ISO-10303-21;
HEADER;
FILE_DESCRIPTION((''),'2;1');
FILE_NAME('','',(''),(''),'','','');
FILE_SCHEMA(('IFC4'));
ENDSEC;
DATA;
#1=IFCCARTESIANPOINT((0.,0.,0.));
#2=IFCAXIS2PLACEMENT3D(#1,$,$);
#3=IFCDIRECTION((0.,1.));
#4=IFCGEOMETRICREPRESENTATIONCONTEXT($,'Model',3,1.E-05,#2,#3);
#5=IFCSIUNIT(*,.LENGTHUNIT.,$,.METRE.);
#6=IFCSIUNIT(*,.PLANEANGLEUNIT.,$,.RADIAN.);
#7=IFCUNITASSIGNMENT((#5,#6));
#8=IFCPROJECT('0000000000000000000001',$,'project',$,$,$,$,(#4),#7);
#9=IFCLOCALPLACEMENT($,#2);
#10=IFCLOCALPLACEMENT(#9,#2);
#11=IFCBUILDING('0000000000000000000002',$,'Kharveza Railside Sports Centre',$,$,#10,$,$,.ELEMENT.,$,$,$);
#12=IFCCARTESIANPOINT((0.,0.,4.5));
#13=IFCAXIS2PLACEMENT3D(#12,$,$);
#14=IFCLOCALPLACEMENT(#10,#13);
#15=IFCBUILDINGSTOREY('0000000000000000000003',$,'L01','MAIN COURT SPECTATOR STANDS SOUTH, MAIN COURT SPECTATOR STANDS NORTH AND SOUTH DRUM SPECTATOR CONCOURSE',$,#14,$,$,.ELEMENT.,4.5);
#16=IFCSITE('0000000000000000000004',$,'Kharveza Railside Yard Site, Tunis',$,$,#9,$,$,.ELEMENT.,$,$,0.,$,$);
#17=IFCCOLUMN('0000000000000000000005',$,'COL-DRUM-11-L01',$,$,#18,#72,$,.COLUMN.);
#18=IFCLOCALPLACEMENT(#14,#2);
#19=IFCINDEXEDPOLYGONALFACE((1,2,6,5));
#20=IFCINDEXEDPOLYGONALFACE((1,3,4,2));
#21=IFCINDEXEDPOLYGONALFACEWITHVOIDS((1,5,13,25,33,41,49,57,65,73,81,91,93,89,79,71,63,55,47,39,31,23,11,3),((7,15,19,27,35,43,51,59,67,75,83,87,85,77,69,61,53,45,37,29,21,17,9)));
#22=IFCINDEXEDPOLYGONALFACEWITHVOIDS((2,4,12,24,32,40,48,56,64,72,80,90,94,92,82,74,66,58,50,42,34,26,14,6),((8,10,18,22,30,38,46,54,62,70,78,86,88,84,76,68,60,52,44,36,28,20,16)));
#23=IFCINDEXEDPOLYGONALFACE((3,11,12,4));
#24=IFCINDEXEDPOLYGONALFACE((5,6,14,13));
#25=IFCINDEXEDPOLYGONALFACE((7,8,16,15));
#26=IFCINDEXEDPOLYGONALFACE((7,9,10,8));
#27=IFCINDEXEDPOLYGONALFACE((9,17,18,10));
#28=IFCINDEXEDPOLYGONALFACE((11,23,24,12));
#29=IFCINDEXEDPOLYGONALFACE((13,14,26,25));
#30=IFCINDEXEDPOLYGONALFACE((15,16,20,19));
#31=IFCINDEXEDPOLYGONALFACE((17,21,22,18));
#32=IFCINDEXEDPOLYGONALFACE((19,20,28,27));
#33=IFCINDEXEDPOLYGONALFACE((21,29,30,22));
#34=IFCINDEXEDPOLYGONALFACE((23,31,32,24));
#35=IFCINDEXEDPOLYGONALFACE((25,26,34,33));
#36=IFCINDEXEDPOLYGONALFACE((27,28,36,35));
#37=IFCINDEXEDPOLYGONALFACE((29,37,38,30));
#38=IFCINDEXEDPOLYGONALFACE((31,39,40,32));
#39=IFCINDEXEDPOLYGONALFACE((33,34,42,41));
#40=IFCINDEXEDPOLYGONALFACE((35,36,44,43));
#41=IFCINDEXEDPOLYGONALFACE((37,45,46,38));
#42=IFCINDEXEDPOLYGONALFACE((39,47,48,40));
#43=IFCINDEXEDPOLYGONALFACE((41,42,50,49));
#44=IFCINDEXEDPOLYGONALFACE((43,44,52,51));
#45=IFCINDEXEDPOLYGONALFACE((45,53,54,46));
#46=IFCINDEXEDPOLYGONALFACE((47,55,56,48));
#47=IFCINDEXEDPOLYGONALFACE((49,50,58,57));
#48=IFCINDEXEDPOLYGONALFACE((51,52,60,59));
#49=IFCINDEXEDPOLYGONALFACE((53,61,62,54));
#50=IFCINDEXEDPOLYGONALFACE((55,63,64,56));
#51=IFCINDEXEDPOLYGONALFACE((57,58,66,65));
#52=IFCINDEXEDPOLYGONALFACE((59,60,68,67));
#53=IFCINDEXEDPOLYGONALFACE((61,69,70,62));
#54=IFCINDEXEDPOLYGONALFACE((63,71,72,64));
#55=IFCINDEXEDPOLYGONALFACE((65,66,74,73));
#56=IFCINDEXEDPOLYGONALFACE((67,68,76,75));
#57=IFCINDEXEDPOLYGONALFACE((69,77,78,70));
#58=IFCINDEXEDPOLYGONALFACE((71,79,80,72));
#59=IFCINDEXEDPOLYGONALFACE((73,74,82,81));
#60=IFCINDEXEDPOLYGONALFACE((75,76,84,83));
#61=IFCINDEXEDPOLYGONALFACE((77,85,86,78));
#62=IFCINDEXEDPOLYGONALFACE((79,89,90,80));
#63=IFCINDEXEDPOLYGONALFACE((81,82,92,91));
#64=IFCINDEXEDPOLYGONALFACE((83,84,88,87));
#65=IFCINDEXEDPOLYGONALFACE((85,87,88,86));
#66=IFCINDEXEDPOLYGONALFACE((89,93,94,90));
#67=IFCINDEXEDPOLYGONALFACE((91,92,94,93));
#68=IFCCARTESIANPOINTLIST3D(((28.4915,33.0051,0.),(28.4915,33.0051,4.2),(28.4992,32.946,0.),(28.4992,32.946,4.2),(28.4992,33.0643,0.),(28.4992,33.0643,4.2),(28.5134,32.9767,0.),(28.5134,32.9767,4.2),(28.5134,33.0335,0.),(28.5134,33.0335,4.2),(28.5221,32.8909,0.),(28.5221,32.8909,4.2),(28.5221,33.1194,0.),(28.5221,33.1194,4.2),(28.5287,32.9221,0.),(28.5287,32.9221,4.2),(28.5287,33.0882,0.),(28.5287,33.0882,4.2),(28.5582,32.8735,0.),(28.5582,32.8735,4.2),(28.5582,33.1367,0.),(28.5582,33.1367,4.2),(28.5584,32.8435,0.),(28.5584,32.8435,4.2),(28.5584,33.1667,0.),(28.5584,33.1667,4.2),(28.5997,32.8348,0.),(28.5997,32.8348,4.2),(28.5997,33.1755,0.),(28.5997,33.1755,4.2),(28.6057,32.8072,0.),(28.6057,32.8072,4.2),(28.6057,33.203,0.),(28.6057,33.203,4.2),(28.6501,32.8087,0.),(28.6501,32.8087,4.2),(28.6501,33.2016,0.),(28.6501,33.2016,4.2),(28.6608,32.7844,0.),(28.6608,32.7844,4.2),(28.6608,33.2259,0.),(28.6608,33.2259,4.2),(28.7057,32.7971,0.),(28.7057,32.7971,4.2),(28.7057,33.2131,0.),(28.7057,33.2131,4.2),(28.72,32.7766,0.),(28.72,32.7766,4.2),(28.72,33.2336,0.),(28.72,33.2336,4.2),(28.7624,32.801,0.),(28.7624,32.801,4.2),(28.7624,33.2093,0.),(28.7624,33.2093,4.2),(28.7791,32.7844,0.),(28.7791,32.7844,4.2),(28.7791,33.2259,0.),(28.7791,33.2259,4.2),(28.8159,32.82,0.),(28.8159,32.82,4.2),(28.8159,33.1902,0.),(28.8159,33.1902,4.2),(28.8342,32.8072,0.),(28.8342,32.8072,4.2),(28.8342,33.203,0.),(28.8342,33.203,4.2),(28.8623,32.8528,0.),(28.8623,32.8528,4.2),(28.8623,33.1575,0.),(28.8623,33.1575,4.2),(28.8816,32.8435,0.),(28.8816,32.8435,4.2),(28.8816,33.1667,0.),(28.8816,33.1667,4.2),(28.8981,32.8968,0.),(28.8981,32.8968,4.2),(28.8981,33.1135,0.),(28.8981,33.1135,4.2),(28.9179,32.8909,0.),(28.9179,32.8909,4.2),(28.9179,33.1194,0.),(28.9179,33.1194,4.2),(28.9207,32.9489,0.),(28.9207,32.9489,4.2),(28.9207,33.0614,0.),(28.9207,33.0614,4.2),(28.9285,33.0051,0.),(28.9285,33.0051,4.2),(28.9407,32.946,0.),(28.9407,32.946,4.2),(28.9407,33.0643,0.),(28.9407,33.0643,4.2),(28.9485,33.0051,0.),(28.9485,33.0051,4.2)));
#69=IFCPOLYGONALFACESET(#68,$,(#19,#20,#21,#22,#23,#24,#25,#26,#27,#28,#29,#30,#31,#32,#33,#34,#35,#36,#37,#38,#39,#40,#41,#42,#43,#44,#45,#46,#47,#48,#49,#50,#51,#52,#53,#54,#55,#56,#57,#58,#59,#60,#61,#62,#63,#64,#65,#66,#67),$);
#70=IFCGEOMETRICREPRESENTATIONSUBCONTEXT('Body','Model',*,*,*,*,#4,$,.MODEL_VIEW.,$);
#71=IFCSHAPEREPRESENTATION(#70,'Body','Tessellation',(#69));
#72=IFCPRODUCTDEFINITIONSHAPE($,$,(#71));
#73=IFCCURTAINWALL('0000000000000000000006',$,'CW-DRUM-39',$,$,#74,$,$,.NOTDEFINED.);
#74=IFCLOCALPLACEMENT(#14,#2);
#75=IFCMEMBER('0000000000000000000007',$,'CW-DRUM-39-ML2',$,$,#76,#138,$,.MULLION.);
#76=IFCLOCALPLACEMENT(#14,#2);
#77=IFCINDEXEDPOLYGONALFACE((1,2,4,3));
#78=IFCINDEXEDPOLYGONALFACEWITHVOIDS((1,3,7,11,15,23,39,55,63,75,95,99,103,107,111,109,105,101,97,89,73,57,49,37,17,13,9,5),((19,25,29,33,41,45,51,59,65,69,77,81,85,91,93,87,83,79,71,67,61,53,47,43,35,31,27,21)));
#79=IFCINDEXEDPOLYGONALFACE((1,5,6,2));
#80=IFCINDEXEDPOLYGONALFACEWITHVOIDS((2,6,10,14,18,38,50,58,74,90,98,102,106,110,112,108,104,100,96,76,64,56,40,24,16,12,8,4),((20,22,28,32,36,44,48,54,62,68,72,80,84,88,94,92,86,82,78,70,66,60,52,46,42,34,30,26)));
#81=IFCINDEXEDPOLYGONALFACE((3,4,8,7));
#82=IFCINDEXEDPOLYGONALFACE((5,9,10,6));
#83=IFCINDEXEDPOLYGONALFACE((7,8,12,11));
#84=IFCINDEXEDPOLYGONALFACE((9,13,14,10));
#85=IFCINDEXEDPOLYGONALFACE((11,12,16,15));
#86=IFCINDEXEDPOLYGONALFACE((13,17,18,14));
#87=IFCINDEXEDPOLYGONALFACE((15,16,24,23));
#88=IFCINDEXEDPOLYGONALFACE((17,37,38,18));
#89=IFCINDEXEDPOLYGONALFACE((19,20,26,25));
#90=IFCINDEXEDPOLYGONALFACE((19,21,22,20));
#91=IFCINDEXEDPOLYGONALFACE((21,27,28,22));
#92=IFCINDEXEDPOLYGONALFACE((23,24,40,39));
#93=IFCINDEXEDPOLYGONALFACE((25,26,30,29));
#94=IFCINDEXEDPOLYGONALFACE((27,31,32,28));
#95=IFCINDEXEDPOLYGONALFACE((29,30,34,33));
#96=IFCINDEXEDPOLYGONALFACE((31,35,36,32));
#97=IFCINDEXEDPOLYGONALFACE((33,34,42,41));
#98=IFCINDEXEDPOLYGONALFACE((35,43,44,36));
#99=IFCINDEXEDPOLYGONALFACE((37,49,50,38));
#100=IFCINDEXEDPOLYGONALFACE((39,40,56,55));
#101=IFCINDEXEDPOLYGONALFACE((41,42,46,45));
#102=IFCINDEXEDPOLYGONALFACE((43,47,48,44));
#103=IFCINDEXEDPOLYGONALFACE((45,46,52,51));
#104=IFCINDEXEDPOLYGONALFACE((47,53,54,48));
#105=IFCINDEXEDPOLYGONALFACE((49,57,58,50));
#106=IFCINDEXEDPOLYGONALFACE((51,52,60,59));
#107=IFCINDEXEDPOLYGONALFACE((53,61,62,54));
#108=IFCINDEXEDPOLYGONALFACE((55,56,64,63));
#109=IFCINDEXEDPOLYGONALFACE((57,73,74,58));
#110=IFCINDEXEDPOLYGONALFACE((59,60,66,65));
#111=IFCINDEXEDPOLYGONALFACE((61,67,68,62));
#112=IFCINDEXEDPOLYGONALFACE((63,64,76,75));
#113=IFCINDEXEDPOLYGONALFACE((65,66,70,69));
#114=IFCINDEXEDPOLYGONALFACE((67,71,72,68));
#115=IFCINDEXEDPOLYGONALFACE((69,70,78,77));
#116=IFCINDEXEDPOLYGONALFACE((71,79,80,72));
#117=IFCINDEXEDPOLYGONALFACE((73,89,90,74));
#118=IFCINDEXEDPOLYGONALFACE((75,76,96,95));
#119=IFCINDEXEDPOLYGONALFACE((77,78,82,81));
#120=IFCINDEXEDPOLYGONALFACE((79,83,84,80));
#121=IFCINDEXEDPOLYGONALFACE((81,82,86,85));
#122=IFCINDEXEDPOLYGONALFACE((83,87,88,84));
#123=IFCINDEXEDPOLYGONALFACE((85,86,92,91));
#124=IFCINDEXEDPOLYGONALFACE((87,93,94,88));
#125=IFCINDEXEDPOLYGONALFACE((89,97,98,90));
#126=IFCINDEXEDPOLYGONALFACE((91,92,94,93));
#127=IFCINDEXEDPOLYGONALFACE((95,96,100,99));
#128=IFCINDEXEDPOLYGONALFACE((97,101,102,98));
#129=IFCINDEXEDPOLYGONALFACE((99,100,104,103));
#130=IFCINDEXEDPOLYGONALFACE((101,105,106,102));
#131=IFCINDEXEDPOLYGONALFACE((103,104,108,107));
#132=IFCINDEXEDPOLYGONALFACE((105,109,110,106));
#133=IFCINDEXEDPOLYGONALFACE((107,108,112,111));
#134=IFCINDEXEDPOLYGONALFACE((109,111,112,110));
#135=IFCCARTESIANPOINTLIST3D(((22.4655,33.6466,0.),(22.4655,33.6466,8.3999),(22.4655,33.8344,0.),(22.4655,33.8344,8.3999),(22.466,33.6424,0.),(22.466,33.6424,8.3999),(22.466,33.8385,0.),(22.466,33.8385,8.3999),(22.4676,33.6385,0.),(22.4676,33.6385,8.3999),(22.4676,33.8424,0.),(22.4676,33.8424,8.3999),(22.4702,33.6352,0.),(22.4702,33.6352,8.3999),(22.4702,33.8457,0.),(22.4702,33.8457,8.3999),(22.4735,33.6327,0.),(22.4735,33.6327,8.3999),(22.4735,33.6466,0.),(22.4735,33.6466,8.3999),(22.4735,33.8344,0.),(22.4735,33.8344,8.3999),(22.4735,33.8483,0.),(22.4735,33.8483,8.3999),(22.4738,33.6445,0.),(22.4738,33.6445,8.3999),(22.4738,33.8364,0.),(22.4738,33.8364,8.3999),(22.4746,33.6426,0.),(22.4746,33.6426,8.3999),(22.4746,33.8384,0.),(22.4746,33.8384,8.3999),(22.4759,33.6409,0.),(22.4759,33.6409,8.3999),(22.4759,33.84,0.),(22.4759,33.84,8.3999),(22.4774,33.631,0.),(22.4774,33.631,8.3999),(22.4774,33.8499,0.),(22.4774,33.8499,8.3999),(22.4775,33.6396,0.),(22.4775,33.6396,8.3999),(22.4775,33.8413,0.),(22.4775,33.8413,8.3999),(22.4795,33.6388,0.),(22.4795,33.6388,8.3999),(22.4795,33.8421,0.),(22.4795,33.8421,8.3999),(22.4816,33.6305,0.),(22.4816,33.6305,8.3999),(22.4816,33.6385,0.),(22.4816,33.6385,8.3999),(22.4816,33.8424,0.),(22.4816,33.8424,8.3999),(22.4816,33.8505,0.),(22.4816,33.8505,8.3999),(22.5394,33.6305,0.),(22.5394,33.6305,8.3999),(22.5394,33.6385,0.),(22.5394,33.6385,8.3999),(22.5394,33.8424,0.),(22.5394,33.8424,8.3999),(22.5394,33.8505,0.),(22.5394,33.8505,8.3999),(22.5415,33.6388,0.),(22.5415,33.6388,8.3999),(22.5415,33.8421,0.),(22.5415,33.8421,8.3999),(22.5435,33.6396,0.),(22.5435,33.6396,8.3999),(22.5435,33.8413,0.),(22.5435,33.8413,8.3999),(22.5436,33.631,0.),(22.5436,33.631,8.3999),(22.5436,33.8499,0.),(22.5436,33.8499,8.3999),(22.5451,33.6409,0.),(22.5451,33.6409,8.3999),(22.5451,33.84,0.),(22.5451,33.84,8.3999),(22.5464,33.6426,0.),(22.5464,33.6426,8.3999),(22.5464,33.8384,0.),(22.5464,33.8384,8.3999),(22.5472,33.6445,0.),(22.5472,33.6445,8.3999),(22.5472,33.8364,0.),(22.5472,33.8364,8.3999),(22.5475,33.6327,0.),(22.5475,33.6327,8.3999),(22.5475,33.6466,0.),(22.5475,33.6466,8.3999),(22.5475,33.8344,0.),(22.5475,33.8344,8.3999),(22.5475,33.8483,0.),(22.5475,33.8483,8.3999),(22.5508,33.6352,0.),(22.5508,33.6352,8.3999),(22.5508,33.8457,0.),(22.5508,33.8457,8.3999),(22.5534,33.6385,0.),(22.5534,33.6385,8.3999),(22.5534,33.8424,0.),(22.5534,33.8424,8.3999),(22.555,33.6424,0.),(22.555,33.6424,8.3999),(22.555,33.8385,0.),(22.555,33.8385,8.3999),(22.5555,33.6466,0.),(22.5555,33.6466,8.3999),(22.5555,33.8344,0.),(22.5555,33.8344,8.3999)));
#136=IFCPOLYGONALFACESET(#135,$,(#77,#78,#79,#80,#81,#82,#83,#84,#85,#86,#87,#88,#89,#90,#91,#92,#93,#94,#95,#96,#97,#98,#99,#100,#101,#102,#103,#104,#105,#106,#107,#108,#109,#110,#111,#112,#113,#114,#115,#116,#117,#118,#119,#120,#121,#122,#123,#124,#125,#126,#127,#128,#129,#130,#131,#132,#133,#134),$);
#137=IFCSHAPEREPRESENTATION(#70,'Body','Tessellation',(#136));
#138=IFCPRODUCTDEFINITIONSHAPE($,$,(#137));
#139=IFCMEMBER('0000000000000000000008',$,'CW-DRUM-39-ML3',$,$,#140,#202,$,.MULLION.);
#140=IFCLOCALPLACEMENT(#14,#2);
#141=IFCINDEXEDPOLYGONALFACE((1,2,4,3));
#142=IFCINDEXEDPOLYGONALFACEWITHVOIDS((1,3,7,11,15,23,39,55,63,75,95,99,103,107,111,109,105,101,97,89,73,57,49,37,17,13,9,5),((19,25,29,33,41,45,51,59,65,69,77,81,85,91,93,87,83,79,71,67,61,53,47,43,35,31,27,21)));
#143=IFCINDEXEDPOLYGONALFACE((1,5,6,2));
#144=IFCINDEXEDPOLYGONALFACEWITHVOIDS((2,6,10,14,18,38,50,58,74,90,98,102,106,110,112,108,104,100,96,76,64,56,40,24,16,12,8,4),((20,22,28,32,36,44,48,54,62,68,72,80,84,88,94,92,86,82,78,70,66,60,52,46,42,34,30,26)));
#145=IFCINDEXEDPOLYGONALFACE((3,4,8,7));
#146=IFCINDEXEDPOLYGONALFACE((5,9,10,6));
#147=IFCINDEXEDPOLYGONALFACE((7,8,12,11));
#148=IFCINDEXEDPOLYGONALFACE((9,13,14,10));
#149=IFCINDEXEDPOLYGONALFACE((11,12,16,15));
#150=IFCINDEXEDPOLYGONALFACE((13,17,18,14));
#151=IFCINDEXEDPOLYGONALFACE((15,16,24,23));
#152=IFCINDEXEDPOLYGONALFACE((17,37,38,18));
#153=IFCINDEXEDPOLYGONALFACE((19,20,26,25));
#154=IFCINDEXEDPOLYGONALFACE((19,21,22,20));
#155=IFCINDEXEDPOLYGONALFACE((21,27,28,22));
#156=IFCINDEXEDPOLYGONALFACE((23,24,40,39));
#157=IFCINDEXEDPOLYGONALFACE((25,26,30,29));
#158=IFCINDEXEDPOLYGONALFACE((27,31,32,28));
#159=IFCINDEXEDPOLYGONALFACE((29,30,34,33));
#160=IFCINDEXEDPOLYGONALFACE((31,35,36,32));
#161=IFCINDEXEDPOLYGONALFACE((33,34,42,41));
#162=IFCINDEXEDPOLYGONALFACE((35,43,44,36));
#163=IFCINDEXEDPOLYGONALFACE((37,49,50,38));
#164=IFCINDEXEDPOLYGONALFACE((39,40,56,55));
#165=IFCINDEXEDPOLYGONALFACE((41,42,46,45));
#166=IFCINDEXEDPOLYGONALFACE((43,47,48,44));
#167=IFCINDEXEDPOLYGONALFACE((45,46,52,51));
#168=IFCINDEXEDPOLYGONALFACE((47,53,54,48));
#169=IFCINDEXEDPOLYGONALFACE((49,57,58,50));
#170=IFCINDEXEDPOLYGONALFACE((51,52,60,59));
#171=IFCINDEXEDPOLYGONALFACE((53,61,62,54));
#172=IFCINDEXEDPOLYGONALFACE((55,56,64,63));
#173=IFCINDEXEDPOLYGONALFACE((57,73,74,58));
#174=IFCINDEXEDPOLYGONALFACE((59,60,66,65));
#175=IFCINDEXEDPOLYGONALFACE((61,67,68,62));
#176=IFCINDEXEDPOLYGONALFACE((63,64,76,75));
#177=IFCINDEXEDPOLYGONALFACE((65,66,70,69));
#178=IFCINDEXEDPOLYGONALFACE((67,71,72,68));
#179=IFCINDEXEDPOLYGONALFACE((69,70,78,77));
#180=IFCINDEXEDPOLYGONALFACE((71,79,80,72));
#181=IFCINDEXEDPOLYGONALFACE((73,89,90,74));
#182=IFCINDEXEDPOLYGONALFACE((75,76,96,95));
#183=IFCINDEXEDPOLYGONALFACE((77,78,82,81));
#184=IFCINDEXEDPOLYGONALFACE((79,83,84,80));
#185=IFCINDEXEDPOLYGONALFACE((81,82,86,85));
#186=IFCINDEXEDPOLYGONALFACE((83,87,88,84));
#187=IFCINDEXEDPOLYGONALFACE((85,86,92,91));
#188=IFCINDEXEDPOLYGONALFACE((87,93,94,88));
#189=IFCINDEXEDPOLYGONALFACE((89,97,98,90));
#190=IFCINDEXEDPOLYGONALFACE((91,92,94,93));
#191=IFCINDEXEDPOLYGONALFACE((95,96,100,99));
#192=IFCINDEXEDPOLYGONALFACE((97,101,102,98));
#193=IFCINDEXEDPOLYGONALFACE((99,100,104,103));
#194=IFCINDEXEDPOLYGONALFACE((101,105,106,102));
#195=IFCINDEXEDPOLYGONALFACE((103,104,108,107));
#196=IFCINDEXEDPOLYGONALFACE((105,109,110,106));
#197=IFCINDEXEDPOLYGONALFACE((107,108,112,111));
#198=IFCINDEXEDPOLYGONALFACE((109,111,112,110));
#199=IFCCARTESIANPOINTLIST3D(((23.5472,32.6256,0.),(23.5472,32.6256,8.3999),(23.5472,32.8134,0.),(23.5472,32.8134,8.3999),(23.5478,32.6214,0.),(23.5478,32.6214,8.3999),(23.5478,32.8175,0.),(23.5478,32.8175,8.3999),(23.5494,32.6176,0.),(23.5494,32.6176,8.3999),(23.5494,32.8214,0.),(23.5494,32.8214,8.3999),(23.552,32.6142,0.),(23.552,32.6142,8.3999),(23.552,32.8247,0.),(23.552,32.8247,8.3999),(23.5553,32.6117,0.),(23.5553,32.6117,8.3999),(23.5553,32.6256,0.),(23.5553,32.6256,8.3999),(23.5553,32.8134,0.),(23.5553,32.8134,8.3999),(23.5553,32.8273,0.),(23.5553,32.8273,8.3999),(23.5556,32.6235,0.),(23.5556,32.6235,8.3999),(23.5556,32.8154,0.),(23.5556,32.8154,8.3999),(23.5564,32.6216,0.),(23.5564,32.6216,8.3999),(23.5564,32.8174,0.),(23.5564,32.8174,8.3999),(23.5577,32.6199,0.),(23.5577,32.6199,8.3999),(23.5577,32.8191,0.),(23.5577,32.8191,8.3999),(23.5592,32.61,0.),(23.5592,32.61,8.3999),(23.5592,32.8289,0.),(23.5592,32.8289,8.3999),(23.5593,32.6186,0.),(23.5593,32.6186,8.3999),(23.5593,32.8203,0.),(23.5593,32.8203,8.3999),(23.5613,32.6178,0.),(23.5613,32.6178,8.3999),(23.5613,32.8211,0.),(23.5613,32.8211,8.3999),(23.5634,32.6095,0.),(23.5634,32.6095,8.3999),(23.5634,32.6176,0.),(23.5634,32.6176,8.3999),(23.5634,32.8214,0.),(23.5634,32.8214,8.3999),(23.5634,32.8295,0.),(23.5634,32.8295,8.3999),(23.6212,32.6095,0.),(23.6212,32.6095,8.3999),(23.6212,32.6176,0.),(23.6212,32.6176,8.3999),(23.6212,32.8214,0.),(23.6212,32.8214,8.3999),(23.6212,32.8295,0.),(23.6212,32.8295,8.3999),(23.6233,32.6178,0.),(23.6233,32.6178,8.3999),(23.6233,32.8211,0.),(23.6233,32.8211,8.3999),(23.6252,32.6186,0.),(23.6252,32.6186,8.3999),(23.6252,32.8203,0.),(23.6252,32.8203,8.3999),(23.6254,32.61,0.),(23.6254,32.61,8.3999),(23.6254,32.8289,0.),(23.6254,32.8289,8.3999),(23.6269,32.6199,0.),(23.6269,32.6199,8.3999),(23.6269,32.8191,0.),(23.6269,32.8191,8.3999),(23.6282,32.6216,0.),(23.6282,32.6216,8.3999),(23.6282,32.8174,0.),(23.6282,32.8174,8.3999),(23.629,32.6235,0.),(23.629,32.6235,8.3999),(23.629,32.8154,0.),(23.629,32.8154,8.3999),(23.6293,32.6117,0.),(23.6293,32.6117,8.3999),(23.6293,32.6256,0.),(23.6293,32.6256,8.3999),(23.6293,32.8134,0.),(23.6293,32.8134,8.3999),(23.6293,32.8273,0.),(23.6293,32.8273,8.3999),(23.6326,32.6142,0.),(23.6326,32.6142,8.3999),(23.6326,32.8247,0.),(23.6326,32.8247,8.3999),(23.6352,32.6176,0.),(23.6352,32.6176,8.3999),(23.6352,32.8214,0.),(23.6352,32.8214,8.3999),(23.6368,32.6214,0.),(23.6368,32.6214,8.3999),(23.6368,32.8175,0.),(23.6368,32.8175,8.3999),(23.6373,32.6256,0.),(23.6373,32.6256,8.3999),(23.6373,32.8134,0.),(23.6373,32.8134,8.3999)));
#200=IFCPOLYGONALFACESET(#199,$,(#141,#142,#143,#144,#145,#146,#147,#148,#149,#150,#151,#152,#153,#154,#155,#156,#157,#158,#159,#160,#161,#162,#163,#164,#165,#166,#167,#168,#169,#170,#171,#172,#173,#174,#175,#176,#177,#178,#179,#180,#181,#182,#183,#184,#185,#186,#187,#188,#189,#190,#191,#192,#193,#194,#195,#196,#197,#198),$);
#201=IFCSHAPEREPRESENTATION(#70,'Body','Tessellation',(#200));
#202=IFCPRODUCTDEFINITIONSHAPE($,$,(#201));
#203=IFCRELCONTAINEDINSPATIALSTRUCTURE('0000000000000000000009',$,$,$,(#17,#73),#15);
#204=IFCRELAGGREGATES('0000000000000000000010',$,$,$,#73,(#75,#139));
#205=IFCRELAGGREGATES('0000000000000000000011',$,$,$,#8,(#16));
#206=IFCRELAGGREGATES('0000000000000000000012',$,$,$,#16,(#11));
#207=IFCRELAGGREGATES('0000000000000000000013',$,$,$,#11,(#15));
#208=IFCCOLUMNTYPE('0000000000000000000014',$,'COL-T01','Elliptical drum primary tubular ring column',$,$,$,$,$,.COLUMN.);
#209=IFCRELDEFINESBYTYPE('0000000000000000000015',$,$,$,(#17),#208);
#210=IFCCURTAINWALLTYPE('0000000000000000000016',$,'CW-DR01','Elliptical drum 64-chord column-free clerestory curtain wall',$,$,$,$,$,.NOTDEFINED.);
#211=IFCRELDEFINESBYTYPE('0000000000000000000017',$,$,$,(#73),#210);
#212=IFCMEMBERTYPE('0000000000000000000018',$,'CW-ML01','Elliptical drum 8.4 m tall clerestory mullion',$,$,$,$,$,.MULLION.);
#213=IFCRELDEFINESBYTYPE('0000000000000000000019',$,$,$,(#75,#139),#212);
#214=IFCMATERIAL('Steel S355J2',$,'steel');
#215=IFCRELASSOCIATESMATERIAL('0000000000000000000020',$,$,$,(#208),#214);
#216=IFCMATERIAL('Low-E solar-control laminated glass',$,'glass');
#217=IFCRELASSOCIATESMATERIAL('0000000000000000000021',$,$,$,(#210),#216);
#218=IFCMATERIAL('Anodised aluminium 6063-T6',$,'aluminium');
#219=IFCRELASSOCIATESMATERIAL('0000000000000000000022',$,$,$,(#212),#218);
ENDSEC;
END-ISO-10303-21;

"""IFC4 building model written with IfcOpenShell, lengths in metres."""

from ifc_helpers import new_model, si_unit, direction, frame, origin, origin_2d, place, context, subcontext, project, spatial, hollow_rectangle, hollow_circle, extrude, material, material_profile, profile_set, type_object, element, aggregate, save


model = new_model("IFC4")

# Units and contexts
model_context = context("Model", 3, precision=1e-05, world=origin(), true_north=direction((0.0, 1.0)))
body_context = subcontext(model_context, "Body", "Model", "MODEL_VIEW")
ifc_project = project(units=[si_unit("LENGTHUNIT", "METRE"), si_unit("PLANEANGLEUNIT", "RADIAN")], contexts=[model_context])

# Site, building, storey
site_placement = place(None, origin())
site = spatial("IfcSite", under=ifc_project, at=site_placement, Name="Kharveza Railside Yard Site, Tunis", CompositionType="ELEMENT", RefElevation=0.0)
building_placement = place(site_placement, origin())
building = spatial("IfcBuilding", under=site, at=building_placement, Name="Kharveza Railside Sports Centre", CompositionType="ELEMENT")
storey_placement = place(building_placement, frame((0.0, 0.0, 4.5)))
storey = spatial("IfcBuildingStorey", under=building, at=storey_placement, Name="L01", Description="MAIN COURT SPECTATOR STANDS SOUTH, MAIN COURT SPECTATOR STANDS NORTH AND SOUTH DRUM SPECTATOR CONCOURSE", CompositionType="ELEMENT", Elevation=4.5)

# Column
ifc_material_1 = material(Name="Steel S355J2", Category="steel")
ifc_material_profile_1 = material_profile(ifc_material_1, hollow_circle(Radius=0.2285, WallThickness=0.02, at=origin_2d()), Name="CHS 457.0x20.0")
ifc_profile_set_1 = profile_set([ifc_material_profile_1], Name="Steel S355J2")
column_type = type_object("IfcColumnType", Name="COL-T01", Description="Elliptical drum primary tubular ring column", PredefinedType="COLUMN", material=ifc_profile_set_1)
column_placement = place(storey_placement, frame((28.72, 33.0051, 0.0), z_axis=(0.0, 0.0, 1.0), x_axis=(1.0, 0.0, 0.0)))
element("IfcColumn", 1, at=column_placement, inside=storey, type_object=column_type, Name="COL-DRUM-11-L01", PredefinedType="COLUMN", context=body_context, shape_type="SweptSolid", body=[
    extrude(hollow_circle(Radius=0.2285, WallThickness=0.02, at=origin_2d()), origin(), (0.0, 0.0, 1.0), 4.2),
])

# Curtain wall, members
ifc_material_2 = material(Name="Low-E solar-control laminated glass", Category="glass")
curtain_wall_type = type_object("IfcCurtainWallType", Name="CW-DR01", Description="Elliptical drum 64-chord column-free clerestory curtain wall", PredefinedType="NOTDEFINED", material=ifc_material_2)
curtain_wall_1_placement = place(storey_placement, origin())
curtain_wall_1 = element("IfcCurtainWall", 2, at=curtain_wall_1_placement, inside=storey, type_object=curtain_wall_type, Name="CW-DRUM-39", PredefinedType="NOTDEFINED")
ifc_material_3 = material(Name="Anodised aluminium 6063-T6", Category="aluminium")
ifc_material_profile_2 = material_profile(ifc_material_3, hollow_rectangle(XDim=0.0901, YDim=0.22, WallThickness=0.0081, InnerFilletRadius=0.0081, OuterFilletRadius=0.0161, at=origin_2d()), Name="RHS 90x220x8.0")
ifc_profile_set_2 = profile_set([ifc_material_profile_2], Name="Anodised aluminium 6063-T6")
member_type_1 = type_object("IfcMemberType", Name="CW-ML01", Description="Elliptical drum 8.4 m tall clerestory mullion", PredefinedType="MULLION", material=ifc_profile_set_2)
member_1_placement = place(storey_placement, frame((22.5105, 33.7405, 0.0), z_axis=(0.0, 0.0, 1.0), x_axis=(1.0, 0.0, 0.0)))
member_1 = element("IfcMember", 3, at=member_1_placement, type_object=member_type_1, Name="CW-DRUM-39-ML2", PredefinedType="MULLION", context=body_context, shape_type="SweptSolid", body=[
    extrude(hollow_rectangle(XDim=0.0901, YDim=0.22, WallThickness=0.0081, InnerFilletRadius=0.0081, OuterFilletRadius=0.0161, at=origin_2d()), origin(), (0.0, 0.0, 1.0), 8.3999),
])
member_2_placement = place(storey_placement, frame((23.5923, 32.7195, 0.0), z_axis=(0.0, 0.0, 1.0), x_axis=(1.0, 0.0, 0.0)))
member_2 = element("IfcMember", 4, at=member_2_placement, type_object=member_type_1, Name="CW-DRUM-39-ML3", PredefinedType="MULLION", context=body_context, shape_type="SweptSolid", body=[
    extrude(hollow_rectangle(XDim=0.0901, YDim=0.22, WallThickness=0.0081, InnerFilletRadius=0.0081, OuterFilletRadius=0.0161, at=origin_2d()), origin(), (0.0, 0.0, 1.0), 8.3999),
])

aggregate(curtain_wall_1, [member_1, member_2])

save(model, "model.ifc")
